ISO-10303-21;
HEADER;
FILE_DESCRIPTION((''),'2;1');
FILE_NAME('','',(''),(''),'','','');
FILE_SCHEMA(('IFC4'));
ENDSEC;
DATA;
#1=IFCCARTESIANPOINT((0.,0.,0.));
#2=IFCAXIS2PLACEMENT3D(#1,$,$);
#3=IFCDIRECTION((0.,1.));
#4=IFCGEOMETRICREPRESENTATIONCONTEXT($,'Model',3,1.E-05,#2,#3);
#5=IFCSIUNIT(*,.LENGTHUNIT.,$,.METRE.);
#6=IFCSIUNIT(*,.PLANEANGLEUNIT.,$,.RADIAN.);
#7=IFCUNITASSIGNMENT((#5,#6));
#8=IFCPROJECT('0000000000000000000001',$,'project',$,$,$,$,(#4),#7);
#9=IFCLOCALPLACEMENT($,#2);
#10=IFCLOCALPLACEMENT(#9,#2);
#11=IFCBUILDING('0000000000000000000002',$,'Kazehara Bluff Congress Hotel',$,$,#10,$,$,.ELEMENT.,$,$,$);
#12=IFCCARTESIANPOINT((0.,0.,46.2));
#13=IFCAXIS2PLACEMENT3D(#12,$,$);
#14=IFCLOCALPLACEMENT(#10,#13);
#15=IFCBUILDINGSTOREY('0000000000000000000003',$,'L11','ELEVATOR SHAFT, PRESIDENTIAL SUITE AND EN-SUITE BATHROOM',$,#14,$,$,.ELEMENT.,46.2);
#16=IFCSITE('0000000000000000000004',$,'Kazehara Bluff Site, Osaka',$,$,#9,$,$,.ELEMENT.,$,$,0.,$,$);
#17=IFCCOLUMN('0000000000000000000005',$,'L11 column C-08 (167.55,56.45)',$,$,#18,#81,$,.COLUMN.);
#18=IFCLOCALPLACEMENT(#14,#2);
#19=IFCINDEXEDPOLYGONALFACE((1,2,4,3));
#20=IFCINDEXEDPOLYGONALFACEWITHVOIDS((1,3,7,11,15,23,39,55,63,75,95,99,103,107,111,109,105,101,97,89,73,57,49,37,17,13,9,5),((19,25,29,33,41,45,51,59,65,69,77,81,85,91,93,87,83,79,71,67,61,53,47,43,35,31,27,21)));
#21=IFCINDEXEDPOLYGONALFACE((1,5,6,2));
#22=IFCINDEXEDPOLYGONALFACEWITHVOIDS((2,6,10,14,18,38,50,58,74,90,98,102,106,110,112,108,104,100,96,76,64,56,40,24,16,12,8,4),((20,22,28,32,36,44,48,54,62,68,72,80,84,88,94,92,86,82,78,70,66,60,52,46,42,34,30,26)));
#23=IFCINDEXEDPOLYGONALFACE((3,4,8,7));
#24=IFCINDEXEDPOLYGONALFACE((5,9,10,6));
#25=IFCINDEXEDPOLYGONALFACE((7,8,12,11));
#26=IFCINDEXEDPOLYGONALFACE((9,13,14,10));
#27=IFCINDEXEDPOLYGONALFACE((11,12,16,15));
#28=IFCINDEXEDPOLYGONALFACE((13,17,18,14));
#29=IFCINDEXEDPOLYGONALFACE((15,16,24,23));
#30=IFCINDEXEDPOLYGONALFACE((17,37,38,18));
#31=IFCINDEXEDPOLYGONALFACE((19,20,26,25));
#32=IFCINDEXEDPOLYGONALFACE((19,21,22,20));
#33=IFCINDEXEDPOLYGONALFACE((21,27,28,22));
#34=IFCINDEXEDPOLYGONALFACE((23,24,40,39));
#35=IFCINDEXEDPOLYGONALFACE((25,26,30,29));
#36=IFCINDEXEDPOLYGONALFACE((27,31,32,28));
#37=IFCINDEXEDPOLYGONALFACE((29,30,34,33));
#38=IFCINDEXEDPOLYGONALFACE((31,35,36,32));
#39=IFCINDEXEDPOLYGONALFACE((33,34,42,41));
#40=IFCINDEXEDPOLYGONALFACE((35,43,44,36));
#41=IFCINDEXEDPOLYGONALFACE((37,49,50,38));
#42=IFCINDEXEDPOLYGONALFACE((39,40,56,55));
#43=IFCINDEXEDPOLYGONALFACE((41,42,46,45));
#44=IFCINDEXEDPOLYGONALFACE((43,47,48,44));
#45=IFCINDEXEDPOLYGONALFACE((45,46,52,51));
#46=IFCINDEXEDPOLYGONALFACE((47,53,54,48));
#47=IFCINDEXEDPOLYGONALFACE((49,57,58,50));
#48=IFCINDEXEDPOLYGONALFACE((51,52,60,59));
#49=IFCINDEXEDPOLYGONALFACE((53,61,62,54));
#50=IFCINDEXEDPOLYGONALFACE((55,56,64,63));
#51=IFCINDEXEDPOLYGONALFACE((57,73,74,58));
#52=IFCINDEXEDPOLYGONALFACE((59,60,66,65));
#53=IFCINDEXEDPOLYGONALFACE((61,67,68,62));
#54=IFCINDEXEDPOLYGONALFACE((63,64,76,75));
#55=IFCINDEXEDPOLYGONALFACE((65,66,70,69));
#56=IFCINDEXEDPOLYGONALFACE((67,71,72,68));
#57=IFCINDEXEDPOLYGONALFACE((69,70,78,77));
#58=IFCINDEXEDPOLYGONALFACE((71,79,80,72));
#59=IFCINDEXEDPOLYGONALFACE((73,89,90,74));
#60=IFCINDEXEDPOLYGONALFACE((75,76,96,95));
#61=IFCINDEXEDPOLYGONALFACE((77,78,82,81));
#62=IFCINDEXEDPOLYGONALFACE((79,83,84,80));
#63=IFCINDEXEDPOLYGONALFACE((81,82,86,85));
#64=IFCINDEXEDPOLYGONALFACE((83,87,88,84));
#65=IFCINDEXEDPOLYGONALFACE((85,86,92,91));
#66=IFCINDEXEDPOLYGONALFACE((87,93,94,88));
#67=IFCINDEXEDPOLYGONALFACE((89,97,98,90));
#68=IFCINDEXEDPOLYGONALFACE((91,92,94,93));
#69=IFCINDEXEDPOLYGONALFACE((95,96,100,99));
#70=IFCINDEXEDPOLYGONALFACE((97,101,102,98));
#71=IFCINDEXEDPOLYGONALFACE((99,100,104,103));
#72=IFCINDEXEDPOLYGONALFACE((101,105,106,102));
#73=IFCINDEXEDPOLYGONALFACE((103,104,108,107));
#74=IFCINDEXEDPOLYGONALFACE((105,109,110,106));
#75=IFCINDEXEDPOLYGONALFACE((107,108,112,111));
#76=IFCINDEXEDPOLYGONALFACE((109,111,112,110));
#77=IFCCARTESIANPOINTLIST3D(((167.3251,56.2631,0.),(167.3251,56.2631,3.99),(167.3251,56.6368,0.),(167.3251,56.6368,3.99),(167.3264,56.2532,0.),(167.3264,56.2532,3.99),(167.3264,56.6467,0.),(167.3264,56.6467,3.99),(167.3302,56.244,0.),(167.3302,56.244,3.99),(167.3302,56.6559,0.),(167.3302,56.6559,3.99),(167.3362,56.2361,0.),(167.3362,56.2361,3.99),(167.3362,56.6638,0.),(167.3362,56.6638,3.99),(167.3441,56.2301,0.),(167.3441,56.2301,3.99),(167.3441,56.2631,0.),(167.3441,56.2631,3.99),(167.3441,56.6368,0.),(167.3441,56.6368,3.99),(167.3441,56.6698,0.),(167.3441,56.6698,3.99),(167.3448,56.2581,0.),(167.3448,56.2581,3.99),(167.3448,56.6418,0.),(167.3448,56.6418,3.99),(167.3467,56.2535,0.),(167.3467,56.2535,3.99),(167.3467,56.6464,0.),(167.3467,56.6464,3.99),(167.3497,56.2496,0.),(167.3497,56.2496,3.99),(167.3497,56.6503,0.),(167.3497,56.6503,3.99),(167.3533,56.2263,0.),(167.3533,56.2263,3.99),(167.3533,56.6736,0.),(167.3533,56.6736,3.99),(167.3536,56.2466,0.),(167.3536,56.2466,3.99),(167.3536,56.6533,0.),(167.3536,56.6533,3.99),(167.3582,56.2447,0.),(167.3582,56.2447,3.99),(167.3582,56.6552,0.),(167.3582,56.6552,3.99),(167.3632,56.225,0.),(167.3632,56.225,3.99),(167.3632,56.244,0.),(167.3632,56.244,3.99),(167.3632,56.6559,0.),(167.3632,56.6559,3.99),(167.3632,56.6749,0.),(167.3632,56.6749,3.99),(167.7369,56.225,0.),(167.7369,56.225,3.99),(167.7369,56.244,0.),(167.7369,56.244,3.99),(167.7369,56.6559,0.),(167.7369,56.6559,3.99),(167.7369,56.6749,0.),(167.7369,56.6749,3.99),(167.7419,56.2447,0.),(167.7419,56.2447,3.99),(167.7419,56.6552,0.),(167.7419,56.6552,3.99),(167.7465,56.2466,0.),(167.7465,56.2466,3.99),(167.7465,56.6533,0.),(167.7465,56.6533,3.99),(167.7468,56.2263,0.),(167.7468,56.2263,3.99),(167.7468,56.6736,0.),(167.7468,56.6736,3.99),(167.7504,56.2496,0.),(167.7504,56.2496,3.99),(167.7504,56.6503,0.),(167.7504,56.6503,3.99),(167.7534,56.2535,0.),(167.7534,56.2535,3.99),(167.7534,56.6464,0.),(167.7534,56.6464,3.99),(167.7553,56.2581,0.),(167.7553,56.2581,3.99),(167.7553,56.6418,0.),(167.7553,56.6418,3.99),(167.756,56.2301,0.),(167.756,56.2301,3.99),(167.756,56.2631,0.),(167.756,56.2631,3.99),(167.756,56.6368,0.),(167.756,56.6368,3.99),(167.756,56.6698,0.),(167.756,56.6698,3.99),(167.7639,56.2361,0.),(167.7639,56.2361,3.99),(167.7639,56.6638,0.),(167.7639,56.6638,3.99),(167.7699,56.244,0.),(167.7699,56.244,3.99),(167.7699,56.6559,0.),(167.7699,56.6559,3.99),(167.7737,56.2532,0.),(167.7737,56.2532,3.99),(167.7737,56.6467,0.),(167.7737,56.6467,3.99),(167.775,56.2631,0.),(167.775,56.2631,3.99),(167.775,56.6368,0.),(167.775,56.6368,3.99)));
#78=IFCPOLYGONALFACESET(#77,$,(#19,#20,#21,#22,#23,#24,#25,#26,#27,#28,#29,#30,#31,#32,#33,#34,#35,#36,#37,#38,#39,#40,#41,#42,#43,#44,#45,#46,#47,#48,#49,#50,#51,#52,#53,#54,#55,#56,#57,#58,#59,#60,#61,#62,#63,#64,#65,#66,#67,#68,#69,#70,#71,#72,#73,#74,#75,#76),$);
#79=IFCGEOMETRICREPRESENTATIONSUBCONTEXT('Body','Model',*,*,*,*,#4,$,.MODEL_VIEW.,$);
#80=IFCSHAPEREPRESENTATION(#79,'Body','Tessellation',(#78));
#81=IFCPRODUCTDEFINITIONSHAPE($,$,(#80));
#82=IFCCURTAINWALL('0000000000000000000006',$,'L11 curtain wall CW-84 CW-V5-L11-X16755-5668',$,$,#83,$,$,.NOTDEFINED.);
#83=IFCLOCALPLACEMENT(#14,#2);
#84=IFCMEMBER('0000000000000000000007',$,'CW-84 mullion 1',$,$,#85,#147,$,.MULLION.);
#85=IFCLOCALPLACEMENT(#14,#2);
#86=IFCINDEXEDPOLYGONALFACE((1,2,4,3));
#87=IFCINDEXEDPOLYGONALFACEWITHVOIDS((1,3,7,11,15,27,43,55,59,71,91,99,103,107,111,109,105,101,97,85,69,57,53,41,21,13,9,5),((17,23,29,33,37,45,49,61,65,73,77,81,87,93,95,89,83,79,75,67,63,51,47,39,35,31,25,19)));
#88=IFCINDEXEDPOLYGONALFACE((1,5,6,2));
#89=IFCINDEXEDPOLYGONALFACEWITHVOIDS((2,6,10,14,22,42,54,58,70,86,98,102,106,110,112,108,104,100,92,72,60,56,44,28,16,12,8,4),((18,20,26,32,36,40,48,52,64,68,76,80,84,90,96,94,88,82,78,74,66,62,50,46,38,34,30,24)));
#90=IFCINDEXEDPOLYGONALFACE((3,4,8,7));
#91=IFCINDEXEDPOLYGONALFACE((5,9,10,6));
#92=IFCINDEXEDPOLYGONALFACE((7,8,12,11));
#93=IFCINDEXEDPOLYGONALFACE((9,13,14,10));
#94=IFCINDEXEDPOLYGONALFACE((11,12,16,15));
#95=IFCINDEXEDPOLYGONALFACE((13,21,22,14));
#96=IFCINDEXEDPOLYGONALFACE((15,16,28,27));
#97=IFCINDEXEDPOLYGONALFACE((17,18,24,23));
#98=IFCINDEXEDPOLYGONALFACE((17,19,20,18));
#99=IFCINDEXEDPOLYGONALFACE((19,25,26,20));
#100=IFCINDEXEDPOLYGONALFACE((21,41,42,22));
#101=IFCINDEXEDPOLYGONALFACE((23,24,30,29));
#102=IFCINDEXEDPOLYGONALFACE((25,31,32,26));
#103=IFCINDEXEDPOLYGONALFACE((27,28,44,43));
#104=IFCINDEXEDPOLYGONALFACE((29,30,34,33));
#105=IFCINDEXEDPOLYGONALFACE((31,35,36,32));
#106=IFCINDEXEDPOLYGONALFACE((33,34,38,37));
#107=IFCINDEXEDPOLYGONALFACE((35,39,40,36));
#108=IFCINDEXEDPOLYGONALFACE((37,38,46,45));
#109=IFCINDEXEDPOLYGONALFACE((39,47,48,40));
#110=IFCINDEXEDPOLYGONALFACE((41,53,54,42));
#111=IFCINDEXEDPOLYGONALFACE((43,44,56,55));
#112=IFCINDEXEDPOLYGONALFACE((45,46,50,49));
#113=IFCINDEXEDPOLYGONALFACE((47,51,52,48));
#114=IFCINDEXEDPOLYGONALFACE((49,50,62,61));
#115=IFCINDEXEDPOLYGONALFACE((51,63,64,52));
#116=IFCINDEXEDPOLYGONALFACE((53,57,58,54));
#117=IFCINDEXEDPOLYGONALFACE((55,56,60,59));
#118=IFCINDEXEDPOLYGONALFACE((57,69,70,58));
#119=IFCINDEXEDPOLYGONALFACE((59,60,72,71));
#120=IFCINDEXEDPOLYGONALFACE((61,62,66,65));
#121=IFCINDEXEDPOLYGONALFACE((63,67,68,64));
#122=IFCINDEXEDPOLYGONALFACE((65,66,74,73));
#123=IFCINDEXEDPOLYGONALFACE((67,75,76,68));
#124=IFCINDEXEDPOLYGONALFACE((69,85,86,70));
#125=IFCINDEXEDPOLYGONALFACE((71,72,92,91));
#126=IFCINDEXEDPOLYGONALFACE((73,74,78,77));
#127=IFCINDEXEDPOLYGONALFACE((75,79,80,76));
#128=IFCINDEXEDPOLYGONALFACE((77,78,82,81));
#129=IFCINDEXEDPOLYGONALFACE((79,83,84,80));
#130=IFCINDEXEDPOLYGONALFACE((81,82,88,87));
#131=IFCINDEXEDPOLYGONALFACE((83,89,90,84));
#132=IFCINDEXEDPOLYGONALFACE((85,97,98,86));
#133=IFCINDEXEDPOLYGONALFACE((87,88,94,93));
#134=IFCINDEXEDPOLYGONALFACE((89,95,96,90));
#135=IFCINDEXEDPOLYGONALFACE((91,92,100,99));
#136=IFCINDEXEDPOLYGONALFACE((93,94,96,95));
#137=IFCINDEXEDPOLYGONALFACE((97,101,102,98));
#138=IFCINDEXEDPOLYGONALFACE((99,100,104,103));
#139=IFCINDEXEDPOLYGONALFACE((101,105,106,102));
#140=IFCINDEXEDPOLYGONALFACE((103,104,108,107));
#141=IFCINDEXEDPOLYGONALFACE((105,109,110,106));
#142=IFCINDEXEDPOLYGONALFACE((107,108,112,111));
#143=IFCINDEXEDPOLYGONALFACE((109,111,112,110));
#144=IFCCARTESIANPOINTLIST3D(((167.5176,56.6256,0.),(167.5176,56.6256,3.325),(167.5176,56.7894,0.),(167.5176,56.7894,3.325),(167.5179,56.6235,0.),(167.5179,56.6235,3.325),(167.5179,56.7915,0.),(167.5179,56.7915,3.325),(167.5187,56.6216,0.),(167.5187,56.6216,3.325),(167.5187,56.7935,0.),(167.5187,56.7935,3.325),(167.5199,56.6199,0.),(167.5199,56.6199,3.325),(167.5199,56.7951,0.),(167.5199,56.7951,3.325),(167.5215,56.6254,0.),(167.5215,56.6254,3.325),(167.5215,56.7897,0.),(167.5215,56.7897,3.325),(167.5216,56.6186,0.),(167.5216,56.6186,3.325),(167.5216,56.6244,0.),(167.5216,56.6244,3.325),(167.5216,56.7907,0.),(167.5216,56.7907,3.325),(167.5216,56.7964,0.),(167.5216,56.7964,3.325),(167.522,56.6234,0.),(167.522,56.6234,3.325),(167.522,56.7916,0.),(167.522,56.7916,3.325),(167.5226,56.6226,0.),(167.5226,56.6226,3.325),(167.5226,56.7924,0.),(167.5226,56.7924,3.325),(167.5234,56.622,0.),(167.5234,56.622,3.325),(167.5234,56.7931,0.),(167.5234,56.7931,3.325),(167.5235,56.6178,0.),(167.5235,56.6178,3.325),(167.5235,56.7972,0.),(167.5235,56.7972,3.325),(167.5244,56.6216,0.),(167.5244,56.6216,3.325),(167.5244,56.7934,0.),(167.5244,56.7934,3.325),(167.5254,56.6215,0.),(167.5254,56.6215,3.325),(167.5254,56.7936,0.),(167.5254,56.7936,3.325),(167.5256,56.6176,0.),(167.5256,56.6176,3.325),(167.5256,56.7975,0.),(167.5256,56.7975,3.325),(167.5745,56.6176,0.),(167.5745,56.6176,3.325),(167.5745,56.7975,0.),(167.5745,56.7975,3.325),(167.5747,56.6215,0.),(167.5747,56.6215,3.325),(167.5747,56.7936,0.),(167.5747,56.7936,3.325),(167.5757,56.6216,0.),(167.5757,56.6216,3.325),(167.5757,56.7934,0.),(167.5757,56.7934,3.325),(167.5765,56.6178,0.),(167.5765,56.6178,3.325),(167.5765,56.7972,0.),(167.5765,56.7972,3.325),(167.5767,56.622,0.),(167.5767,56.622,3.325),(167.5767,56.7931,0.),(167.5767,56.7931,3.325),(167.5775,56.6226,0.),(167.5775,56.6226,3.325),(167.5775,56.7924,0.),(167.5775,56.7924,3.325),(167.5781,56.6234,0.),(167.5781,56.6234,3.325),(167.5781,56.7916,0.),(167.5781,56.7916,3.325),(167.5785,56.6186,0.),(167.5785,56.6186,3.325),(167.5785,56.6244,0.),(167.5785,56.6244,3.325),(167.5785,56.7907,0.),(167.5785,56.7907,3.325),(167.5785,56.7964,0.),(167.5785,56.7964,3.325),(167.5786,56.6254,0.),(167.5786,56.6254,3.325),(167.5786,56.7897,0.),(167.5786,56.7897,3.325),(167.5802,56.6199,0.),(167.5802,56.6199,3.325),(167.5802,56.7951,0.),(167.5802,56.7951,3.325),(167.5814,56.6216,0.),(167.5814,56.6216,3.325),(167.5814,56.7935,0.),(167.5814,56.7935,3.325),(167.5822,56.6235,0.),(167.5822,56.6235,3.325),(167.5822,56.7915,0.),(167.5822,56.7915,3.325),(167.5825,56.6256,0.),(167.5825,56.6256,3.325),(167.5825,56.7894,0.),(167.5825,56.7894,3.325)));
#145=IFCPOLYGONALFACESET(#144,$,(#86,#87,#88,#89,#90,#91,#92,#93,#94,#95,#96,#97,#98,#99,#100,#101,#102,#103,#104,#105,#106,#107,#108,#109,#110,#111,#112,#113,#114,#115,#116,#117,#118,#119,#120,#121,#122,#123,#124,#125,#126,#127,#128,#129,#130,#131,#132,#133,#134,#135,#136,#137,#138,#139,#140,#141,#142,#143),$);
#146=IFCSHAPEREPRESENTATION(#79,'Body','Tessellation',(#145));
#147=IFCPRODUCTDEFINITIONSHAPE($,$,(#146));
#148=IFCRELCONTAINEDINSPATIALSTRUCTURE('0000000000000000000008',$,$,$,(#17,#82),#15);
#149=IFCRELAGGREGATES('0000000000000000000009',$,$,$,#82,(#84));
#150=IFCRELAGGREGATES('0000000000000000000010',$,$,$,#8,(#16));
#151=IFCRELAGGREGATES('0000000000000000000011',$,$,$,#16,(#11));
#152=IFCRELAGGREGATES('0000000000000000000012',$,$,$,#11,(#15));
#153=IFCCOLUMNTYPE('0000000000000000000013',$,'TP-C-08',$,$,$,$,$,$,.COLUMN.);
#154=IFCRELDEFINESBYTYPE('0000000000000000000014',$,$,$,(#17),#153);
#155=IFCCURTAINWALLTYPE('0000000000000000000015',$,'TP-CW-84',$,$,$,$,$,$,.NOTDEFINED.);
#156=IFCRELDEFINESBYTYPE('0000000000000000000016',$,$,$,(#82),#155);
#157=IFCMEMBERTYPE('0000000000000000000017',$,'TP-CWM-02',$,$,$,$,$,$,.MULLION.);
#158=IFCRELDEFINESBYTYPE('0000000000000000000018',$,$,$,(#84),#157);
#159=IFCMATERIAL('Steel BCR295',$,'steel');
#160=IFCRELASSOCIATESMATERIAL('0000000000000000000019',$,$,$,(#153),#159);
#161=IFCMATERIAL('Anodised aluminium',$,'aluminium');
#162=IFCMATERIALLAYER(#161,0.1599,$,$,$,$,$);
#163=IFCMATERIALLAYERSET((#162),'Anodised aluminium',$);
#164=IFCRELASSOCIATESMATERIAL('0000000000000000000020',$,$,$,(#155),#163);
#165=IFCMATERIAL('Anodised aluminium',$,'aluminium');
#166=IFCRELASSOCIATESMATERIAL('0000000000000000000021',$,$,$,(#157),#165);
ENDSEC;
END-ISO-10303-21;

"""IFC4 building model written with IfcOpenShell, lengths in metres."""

from ifc_helpers import new_model, si_unit, direction, frame, origin, origin_2d, place, context, subcontext, project, spatial, hollow_rectangle, extrude, material, layer, layer_set, material_profile, profile_set, type_object, element, aggregate, save


model = new_model("IFC4")

# Units and contexts
model_context = context("Model", 3, precision=1e-05, world=origin(), true_north=direction((0.0, 1.0)))
body_context = subcontext(model_context, "Body", "Model", "MODEL_VIEW")
ifc_project = project(units=[si_unit("LENGTHUNIT", "METRE"), si_unit("PLANEANGLEUNIT", "RADIAN")], contexts=[model_context])

# Site, building, storey
site_placement = place(None, origin())
site = spatial("IfcSite", under=ifc_project, at=site_placement, Name="Kazehara Bluff Site, Osaka", CompositionType="ELEMENT", RefElevation=0.0)
building_placement = place(site_placement, origin())
building = spatial("IfcBuilding", under=site, at=building_placement, Name="Kazehara Bluff Congress Hotel", CompositionType="ELEMENT")
storey_placement = place(building_placement, frame((0.0, 0.0, 46.2)))
storey = spatial("IfcBuildingStorey", under=building, at=storey_placement, Name="L11", Description="ELEVATOR SHAFT, PRESIDENTIAL SUITE AND EN-SUITE BATHROOM", CompositionType="ELEMENT", Elevation=46.2)

# Column
ifc_material_1 = material(Name="Steel BCR295", Category="steel")
ifc_material_profile_1 = material_profile(ifc_material_1, hollow_rectangle(XDim=0.45, YDim=0.45, WallThickness=0.019, InnerFilletRadius=0.019, OuterFilletRadius=0.0381, at=origin_2d()))
ifc_profile_set_1 = profile_set([ifc_material_profile_1], Name="Steel BCR295")
column_type = type_object("IfcColumnType", Name="TP-C-08", PredefinedType="COLUMN", material=ifc_profile_set_1)
column_placement = place(storey_placement, frame((167.55, 56.45, 0.0), z_axis=(0.0, 0.0, 1.0), x_axis=(1.0, 0.0, 0.0)))
element("IfcColumn", 1, at=column_placement, inside=storey, type_object=column_type, Name="L11 column C-08 (167.55,56.45)", PredefinedType="COLUMN", context=body_context, shape_type="SweptSolid", body=[
    extrude(hollow_rectangle(XDim=0.45, YDim=0.45, WallThickness=0.019, InnerFilletRadius=0.019, OuterFilletRadius=0.0381, at=origin_2d()), origin(), (0.0, 0.0, 1.0), 3.99),
])

# Curtain wall, member
ifc_material_2 = material(Name="Anodised aluminium", Category="aluminium")
ifc_layer_1 = layer(ifc_material_2, 0.1599)
ifc_layer_set_1 = layer_set([ifc_layer_1], Name="Anodised aluminium")
curtain_wall_type = type_object("IfcCurtainWallType", Name="TP-CW-84", PredefinedType="NOTDEFINED", material=ifc_layer_set_1)
curtain_wall_placement = place(storey_placement, origin())
curtain_wall = element("IfcCurtainWall", 2, at=curtain_wall_placement, inside=storey, type_object=curtain_wall_type, Name="L11 curtain wall CW-84 CW-V5-L11-X16755-5668", PredefinedType="NOTDEFINED")
ifc_material_3 = material(Name="Anodised aluminium", Category="aluminium")
ifc_material_profile_2 = material_profile(ifc_material_3, hollow_rectangle(XDim=0.0649, YDim=0.1799, WallThickness=0.0039, InnerFilletRadius=0.0039, OuterFilletRadius=0.0081, at=origin_2d()))
ifc_profile_set_2 = profile_set([ifc_material_profile_2], Name="Anodised aluminium")
member_type_1 = type_object("IfcMemberType", Name="TP-CWM-02", PredefinedType="MULLION", material=ifc_profile_set_2)
member_1_placement = place(storey_placement, frame((167.55, 56.7075, 0.0), z_axis=(0.0, 0.0, 1.0), x_axis=(-1.0, 0.0, 0.0)))
member_1 = element("IfcMember", 3, at=member_1_placement, type_object=member_type_1, Name="CW-84 mullion 1", PredefinedType="MULLION", context=body_context, shape_type="SweptSolid", body=[
    extrude(hollow_rectangle(XDim=0.0649, YDim=0.1799, WallThickness=0.0039, InnerFilletRadius=0.0039, OuterFilletRadius=0.0081, at=origin_2d()), origin(), (0.0, 0.0, 1.0), 3.325),
])

aggregate(curtain_wall, [member_1])

save(model, "model.ifc")
